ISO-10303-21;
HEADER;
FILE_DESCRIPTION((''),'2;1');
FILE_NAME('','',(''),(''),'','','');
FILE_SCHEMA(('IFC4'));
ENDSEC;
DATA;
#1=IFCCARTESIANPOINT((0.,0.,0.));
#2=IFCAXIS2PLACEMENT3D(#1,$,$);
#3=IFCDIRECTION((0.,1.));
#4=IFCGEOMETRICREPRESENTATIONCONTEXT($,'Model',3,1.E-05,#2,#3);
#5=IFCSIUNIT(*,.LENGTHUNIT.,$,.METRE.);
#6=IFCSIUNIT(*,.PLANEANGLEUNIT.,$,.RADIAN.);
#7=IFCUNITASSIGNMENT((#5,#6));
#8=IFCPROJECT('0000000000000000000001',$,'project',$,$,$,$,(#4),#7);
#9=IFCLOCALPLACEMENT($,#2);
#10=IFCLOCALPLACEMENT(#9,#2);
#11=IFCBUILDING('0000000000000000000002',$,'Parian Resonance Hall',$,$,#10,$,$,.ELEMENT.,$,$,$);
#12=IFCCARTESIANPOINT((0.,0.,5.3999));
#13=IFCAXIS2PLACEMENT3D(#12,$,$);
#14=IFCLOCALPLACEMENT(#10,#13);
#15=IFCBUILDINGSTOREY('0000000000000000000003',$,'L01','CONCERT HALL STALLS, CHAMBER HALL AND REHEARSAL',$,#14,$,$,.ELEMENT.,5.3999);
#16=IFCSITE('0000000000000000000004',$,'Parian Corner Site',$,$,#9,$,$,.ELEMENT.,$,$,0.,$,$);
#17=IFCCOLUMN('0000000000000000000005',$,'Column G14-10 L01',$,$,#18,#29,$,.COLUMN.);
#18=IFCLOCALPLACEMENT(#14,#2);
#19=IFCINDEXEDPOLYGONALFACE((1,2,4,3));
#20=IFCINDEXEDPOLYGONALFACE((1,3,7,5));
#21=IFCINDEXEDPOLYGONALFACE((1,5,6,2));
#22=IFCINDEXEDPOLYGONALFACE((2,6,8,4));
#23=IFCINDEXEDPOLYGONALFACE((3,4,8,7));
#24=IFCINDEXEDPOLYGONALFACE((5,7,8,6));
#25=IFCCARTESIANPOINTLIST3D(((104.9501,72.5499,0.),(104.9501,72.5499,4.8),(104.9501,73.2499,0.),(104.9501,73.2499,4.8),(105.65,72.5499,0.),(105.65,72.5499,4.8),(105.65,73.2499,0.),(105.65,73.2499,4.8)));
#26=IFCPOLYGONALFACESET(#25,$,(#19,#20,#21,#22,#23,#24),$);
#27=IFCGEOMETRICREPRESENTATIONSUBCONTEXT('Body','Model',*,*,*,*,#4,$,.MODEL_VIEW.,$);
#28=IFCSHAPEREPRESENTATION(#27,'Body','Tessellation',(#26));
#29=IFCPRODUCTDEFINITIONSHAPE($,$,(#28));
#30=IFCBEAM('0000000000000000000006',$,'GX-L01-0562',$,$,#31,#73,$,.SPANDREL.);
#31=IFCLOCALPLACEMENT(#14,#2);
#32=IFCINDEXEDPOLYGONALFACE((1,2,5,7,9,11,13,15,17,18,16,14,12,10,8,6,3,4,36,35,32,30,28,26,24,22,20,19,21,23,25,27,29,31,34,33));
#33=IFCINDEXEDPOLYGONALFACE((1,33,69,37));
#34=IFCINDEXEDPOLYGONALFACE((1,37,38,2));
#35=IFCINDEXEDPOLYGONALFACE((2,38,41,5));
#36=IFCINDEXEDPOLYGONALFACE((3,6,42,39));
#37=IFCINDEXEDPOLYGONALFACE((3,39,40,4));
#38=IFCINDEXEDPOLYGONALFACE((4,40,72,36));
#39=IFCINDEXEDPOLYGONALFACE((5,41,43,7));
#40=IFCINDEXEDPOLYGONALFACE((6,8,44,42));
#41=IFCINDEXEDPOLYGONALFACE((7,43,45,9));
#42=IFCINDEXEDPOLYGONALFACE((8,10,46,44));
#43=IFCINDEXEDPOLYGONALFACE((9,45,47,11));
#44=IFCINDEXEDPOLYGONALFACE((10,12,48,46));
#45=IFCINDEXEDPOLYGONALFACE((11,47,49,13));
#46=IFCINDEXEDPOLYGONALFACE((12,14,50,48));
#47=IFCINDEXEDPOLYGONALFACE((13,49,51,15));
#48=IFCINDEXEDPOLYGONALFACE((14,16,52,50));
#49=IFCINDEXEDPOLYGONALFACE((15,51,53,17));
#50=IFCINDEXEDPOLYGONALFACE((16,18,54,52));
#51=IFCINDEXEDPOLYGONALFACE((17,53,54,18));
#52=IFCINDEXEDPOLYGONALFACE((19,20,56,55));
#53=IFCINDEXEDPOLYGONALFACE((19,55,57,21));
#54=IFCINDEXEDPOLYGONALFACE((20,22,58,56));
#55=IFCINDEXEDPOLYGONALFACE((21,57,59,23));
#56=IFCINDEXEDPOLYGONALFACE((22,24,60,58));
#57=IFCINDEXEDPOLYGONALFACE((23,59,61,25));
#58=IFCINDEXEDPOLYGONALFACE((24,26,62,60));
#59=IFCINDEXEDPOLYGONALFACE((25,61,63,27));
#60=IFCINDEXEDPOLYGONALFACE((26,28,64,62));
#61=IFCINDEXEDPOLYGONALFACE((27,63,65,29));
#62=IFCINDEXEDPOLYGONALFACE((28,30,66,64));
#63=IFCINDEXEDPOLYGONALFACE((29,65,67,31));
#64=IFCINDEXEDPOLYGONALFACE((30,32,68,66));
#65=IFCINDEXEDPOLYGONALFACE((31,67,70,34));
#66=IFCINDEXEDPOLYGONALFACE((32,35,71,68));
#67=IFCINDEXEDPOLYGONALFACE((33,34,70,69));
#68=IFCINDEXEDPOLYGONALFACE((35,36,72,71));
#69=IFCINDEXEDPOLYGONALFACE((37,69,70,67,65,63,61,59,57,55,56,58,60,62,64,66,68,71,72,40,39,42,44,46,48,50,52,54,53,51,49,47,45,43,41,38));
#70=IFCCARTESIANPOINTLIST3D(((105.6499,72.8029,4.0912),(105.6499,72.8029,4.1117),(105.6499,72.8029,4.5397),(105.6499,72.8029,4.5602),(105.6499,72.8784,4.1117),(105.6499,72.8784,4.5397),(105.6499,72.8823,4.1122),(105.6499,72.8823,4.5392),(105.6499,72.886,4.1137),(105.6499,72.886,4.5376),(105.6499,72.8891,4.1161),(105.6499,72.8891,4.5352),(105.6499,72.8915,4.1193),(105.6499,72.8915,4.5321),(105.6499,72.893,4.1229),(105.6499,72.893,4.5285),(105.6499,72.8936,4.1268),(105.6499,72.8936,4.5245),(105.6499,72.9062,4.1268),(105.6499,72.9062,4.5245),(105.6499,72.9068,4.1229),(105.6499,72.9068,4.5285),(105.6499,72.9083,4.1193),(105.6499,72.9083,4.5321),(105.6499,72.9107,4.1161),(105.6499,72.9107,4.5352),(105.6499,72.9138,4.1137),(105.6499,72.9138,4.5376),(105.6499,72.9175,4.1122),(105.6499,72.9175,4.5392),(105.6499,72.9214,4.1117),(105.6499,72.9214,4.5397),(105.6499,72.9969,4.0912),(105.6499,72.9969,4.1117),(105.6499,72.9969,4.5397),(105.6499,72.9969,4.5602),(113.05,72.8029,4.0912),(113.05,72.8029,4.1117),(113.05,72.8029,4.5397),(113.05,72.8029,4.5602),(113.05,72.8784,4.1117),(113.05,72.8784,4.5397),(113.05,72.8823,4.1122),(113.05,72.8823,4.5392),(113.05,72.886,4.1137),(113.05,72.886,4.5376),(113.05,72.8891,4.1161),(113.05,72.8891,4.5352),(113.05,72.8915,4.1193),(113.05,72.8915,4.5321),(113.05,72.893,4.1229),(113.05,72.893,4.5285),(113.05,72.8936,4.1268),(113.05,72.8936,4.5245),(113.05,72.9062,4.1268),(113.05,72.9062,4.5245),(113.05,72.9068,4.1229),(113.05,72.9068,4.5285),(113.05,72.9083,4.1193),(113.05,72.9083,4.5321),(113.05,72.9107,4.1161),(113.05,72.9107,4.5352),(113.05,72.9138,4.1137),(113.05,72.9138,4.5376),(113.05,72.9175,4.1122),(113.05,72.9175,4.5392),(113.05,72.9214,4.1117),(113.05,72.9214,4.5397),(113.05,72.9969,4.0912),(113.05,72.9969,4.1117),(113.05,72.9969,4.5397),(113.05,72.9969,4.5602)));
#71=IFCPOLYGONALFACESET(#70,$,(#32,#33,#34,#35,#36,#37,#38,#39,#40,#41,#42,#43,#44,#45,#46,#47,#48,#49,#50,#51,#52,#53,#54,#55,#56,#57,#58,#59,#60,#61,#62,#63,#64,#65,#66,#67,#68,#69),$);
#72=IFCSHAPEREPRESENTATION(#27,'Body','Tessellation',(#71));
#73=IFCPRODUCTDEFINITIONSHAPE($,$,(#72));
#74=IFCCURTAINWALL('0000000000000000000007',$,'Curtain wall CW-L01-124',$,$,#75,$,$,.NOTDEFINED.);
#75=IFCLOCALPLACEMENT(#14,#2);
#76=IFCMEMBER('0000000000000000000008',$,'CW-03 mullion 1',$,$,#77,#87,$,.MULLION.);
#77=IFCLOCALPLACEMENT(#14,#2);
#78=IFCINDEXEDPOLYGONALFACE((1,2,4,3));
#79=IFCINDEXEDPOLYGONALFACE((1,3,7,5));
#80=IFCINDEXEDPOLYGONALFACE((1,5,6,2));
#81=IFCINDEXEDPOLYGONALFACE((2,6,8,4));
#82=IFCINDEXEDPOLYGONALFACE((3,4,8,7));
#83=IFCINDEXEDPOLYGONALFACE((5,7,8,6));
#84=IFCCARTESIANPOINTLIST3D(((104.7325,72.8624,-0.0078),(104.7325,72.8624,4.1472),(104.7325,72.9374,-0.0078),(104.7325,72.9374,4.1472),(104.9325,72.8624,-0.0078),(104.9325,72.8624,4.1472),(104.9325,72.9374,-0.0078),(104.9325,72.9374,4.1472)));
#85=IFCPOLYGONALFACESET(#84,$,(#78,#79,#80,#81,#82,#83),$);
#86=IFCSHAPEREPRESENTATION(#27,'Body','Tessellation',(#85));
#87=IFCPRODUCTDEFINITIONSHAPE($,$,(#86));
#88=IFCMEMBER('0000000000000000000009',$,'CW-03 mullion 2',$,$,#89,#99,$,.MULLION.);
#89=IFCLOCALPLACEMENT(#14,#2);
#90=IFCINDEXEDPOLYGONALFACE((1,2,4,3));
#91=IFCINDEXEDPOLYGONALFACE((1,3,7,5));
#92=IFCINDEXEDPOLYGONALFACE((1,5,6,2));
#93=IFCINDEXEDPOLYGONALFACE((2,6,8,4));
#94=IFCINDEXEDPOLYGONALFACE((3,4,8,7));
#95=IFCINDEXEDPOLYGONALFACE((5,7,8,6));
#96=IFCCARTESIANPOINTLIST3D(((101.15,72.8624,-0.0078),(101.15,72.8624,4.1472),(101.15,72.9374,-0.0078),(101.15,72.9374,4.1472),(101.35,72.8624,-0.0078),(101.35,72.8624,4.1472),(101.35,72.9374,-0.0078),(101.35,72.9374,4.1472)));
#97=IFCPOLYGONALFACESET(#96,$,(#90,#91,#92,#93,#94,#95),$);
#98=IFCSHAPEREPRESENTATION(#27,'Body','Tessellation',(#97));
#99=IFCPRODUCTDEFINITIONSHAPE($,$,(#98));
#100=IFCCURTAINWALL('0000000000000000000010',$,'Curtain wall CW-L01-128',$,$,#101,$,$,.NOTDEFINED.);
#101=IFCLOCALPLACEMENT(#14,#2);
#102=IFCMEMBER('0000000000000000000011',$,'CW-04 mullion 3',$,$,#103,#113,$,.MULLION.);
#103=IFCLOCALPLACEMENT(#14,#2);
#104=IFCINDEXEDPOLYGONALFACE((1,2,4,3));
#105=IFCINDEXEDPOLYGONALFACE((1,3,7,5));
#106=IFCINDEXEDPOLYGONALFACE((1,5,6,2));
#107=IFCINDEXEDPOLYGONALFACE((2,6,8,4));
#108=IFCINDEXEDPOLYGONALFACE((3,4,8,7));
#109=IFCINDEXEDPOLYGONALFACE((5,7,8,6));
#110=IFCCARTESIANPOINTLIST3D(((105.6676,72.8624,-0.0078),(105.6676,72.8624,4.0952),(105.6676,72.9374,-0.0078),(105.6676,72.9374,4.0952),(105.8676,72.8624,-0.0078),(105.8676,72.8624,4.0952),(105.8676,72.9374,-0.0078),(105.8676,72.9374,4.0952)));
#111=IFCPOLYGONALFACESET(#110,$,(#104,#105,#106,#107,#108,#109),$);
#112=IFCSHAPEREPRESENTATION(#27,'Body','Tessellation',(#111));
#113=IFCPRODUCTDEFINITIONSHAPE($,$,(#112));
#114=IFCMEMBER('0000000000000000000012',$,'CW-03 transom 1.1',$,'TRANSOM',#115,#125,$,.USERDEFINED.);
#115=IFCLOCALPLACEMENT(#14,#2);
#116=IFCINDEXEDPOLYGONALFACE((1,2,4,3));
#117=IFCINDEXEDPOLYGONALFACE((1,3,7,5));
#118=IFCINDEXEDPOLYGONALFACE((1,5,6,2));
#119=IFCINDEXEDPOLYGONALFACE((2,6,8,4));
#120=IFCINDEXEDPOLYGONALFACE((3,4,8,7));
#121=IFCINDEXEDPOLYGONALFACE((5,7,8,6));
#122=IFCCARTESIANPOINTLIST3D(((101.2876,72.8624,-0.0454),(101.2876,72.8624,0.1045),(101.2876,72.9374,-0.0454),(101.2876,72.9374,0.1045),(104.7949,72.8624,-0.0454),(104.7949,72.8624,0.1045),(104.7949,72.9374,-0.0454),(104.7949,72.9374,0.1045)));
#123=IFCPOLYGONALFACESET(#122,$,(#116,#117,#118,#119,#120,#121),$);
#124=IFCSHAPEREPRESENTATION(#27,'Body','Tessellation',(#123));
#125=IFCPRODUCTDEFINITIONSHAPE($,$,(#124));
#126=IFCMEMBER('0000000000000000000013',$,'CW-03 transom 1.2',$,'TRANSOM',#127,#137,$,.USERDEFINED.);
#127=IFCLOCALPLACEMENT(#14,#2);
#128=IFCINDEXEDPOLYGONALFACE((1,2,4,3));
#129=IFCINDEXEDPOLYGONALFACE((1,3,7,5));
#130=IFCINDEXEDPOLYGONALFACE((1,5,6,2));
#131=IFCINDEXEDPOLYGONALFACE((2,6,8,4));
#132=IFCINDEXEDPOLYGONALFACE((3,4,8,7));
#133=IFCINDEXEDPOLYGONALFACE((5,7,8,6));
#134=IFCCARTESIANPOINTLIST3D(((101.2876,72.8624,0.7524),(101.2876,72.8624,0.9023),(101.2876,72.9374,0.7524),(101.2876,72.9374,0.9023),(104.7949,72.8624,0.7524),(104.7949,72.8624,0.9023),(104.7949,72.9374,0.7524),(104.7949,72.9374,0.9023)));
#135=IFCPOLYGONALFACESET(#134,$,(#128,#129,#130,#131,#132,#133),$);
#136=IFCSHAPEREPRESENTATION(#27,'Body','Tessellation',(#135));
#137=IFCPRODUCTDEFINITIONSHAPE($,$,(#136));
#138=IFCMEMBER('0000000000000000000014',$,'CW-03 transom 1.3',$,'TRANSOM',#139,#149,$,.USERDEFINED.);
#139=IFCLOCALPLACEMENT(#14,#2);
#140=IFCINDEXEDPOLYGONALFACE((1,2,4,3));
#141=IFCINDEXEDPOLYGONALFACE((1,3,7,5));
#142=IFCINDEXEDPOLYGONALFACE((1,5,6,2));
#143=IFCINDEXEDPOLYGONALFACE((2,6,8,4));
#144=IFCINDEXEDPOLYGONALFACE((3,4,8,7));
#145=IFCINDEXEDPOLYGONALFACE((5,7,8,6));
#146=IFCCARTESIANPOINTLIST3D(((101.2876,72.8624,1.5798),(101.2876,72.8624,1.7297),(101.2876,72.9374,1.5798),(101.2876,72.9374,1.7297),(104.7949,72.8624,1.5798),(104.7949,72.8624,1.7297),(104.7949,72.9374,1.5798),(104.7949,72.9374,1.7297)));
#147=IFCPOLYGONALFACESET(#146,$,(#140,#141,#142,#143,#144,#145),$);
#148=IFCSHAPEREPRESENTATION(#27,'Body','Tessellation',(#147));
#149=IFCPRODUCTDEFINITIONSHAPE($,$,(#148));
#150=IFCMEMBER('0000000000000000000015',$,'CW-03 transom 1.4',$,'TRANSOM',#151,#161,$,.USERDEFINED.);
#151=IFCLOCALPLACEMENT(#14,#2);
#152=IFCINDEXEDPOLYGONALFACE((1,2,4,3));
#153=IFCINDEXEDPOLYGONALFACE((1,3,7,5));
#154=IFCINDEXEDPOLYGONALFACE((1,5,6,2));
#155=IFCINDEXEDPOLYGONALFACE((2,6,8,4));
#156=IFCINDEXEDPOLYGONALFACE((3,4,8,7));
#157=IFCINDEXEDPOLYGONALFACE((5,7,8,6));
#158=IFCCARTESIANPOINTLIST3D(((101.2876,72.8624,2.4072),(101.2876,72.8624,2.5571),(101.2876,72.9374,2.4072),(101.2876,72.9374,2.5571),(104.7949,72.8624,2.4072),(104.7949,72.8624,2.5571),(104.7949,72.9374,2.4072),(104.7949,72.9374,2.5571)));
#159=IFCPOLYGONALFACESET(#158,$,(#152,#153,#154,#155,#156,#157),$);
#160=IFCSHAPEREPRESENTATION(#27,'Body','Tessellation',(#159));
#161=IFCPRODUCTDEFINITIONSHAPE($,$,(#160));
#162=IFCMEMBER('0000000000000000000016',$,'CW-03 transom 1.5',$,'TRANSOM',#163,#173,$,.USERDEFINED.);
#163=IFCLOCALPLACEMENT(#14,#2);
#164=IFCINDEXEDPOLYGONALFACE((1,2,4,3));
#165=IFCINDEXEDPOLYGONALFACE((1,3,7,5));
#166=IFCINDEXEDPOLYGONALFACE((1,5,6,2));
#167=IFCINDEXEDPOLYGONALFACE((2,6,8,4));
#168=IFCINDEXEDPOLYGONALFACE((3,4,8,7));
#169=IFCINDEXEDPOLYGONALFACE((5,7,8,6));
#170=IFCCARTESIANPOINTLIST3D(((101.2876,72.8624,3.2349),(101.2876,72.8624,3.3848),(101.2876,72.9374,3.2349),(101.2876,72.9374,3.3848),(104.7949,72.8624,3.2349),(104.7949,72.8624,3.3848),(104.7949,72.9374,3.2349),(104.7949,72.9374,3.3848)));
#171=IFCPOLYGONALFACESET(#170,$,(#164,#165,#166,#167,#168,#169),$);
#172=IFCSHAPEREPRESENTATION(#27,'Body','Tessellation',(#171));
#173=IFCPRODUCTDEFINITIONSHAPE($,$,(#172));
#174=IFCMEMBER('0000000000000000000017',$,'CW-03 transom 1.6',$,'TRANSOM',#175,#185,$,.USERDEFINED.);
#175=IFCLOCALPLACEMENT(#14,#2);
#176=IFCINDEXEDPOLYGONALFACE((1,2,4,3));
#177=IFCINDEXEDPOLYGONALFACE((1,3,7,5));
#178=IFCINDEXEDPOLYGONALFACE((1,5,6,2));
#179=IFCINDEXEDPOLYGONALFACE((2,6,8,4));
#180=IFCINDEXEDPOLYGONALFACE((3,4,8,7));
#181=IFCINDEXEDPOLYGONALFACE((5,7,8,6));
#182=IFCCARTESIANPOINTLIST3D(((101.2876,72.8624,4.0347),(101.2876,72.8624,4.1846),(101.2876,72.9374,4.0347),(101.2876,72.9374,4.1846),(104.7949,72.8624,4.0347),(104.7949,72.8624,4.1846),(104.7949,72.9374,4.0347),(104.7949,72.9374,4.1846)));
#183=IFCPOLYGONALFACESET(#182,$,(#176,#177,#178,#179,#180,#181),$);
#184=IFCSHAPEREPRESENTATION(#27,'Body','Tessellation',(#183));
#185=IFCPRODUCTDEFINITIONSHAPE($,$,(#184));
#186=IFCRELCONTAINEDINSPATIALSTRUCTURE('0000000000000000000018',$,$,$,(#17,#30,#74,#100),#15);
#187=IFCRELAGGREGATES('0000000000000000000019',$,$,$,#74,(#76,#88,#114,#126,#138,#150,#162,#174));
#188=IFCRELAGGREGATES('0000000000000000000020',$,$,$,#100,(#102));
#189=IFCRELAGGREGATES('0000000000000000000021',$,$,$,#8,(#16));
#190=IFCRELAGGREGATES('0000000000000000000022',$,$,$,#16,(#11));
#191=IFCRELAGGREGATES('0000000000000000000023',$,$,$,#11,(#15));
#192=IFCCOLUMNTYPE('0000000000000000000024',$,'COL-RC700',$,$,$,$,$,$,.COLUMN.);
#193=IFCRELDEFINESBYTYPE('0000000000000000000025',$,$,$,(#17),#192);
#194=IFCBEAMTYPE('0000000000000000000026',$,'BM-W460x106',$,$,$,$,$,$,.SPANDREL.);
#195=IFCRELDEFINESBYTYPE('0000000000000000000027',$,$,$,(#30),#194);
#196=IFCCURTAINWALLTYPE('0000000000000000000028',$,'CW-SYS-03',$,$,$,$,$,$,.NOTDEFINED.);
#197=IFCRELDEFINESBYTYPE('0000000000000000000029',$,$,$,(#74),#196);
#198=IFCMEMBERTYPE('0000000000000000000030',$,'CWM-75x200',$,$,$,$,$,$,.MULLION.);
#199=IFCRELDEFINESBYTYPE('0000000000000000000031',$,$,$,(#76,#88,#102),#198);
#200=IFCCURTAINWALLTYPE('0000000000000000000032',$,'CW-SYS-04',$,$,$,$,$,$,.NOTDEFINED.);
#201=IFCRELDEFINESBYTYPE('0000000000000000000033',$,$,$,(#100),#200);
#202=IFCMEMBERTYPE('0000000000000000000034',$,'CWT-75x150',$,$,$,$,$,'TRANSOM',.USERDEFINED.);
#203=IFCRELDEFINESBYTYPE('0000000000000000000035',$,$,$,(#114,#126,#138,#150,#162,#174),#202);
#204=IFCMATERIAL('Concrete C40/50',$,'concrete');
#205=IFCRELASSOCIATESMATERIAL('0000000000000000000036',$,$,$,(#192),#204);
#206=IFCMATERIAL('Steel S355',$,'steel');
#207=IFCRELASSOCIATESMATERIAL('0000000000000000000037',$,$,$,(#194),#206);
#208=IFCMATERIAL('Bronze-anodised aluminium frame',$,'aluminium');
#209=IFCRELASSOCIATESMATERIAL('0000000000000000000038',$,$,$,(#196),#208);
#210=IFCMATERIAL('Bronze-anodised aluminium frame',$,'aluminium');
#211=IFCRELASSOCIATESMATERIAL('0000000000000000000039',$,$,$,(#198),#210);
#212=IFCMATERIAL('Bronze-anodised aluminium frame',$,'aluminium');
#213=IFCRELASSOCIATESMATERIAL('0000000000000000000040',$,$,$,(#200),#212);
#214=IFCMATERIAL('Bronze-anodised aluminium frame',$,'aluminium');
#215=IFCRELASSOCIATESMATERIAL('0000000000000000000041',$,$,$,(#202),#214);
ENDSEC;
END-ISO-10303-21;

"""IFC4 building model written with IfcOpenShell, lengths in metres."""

from ifc_helpers import new_model, si_unit, direction, frame, origin, origin_2d, place, context, subcontext, project, spatial, rectangle, i_section, extrude, material, material_profile, profile_set, type_object, element, aggregate, save


model = new_model("IFC4")

# Units and contexts
model_context = context("Model", 3, precision=1e-05, world=origin(), true_north=direction((0.0, 1.0)))
body_context = subcontext(model_context, "Body", "Model", "MODEL_VIEW")
ifc_project = project(units=[si_unit("LENGTHUNIT", "METRE"), si_unit("PLANEANGLEUNIT", "RADIAN")], contexts=[model_context])

# Site, building, storey
site_placement = place(None, origin())
site = spatial("IfcSite", under=ifc_project, at=site_placement, Name="Parian Corner Site", CompositionType="ELEMENT", RefElevation=0.0)
building_placement = place(site_placement, origin())
building = spatial("IfcBuilding", under=site, at=building_placement, Name="Parian Resonance Hall", CompositionType="ELEMENT")
storey_placement = place(building_placement, frame((0.0, 0.0, 5.3999)))
storey = spatial("IfcBuildingStorey", under=building, at=storey_placement, Name="L01", Description="CONCERT HALL STALLS, CHAMBER HALL AND REHEARSAL", CompositionType="ELEMENT", Elevation=5.3999)

# Column
ifc_material_1 = material(Name="Concrete C40/50", Category="concrete")
ifc_material_profile_1 = material_profile(ifc_material_1, rectangle(XDim=0.7, YDim=0.7, at=origin_2d()), Name="RC-COL-700x700")
ifc_profile_set_1 = profile_set([ifc_material_profile_1], Name="Concrete C40/50")
column_type = type_object("IfcColumnType", Name="COL-RC700", PredefinedType="COLUMN", material=ifc_profile_set_1)
column_placement = place(storey_placement, frame((105.3, 72.8999, 0.0), z_axis=(0.0, 0.0, 1.0), x_axis=(1.0, 0.0, 0.0)))
element("IfcColumn", 1, at=column_placement, inside=storey, type_object=column_type, Name="Column G14-10 L01", PredefinedType="COLUMN", context=body_context, shape_type="SweptSolid", body=[
    extrude(rectangle(XDim=0.7, YDim=0.7, at=origin_2d()), origin(), (0.0, 0.0, 1.0), 4.8),
])

# Beam
ifc_material_2 = material(Name="Steel S355", Category="steel")
ifc_material_profile_2 = material_profile(ifc_material_2, i_section(OverallWidth=0.1941, OverallDepth=0.469, WebThickness=0.0127, FlangeThickness=0.0205, FilletRadius=0.0151, at=origin_2d()), Name="W460x106")
ifc_profile_set_2 = profile_set([ifc_material_profile_2], Name="Steel S355")
beam_type = type_object("IfcBeamType", Name="BM-W460x106", PredefinedType="SPANDREL", material=ifc_profile_set_2)
beam_placement = place(storey_placement, frame((105.6499, 72.8999, 4.3257), z_axis=(1.0, 0.0, 0.0), x_axis=(0.0, 1.0, 0.0)))
element("IfcBeam", 2, at=beam_placement, inside=storey, type_object=beam_type, Name="GX-L01-0562", PredefinedType="SPANDREL", context=body_context, shape_type="SweptSolid", body=[
    extrude(i_section(OverallWidth=0.1941, OverallDepth=0.469, WebThickness=0.0127, FlangeThickness=0.0205, FilletRadius=0.0151, at=origin_2d()), origin(), (0.0, 0.0, 1.0), 7.4001),
])

# Curtain wall, members
ifc_material_3 = material(Name="Bronze-anodised aluminium frame", Category="aluminium")
curtain_wall_type_1 = type_object("IfcCurtainWallType", Name="CW-SYS-03", PredefinedType="NOTDEFINED", material=ifc_material_3)
curtain_wall_1_placement = place(storey_placement, origin())
curtain_wall_1 = element("IfcCurtainWall", 3, at=curtain_wall_1_placement, inside=storey, type_object=curtain_wall_type_1, Name="Curtain wall CW-L01-124", PredefinedType="NOTDEFINED")
ifc_material_4 = material(Name="Bronze-anodised aluminium frame", Category="aluminium")
ifc_material_profile_3 = material_profile(ifc_material_4, rectangle(XDim=0.075, YDim=0.2, at=origin_2d()), Name="CWM-75x200")
ifc_profile_set_3 = profile_set([ifc_material_profile_3], Name="Bronze-anodised aluminium frame")
member_type_1 = type_object("IfcMemberType", Name="CWM-75x200", PredefinedType="MULLION", material=ifc_profile_set_3)
member_1_placement = place(storey_placement, frame((104.8325, 72.8999, -0.0078), z_axis=(0.0, 0.0, 1.0), x_axis=(0.0, -1.0, 0.0)))
member_1 = element("IfcMember", 4, at=member_1_placement, type_object=member_type_1, Name="CW-03 mullion 1", PredefinedType="MULLION", context=body_context, shape_type="SweptSolid", body=[
    extrude(rectangle(XDim=0.075, YDim=0.2, at=origin_2d()), origin(), (0.0, 0.0, 1.0), 4.155),
])
member_2_placement = place(storey_placement, frame((101.25, 72.8999, -0.0078), z_axis=(0.0, 0.0, 1.0), x_axis=(0.0, -1.0, 0.0)))
member_2 = element("IfcMember", 5, at=member_2_placement, type_object=member_type_1, Name="CW-03 mullion 2", PredefinedType="MULLION", context=body_context, shape_type="SweptSolid", body=[
    extrude(rectangle(XDim=0.075, YDim=0.2, at=origin_2d()), origin(), (0.0, 0.0, 1.0), 4.155),
])

# Curtain wall, member
ifc_material_5 = material(Name="Bronze-anodised aluminium frame", Category="aluminium")
curtain_wall_type_2 = type_object("IfcCurtainWallType", Name="CW-SYS-04", PredefinedType="NOTDEFINED", material=ifc_material_5)
curtain_wall_2_placement = place(storey_placement, origin())
curtain_wall_2 = element("IfcCurtainWall", 6, at=curtain_wall_2_placement, inside=storey, type_object=curtain_wall_type_2, Name="Curtain wall CW-L01-128", PredefinedType="NOTDEFINED")
member_3_placement = place(storey_placement, frame((105.7676, 72.8999, -0.0078), z_axis=(0.0, 0.0, 1.0), x_axis=(0.0, -1.0, 0.0)))
member_3 = element("IfcMember", 7, at=member_3_placement, type_object=member_type_1, Name="CW-04 mullion 3", PredefinedType="MULLION", context=body_context, shape_type="SweptSolid", body=[
    extrude(rectangle(XDim=0.075, YDim=0.2, at=origin_2d()), origin(), (0.0, 0.0, 1.0), 4.103),
])

# Members
ifc_material_6 = material(Name="Bronze-anodised aluminium frame", Category="aluminium")
ifc_material_profile_4 = material_profile(ifc_material_6, rectangle(XDim=0.075, YDim=0.1499, at=origin_2d()), Name="CWT-75x150")
ifc_profile_set_4 = profile_set([ifc_material_profile_4], Name="Bronze-anodised aluminium frame")
member_type_2 = type_object("IfcMemberType", Name="CWT-75x150", ElementType="TRANSOM", PredefinedType="USERDEFINED", material=ifc_profile_set_4)
member_4_placement = place(storey_placement, frame((104.7949, 72.8999, 0.0295), z_axis=(-1.0, 0.0, 0.0), x_axis=(0.0, -1.0, 0.0)))
member_4 = element("IfcMember", 8, at=member_4_placement, type_object=member_type_2, Name="CW-03 transom 1.1", ObjectType="TRANSOM", PredefinedType="USERDEFINED", context=body_context, shape_type="SweptSolid", body=[
    extrude(rectangle(XDim=0.075, YDim=0.1499, at=origin_2d()), origin(), (0.0, 0.0, 1.0), 3.5073),
])
member_5_placement = place(storey_placement, frame((104.7949, 72.8999, 0.8274), z_axis=(-1.0, 0.0, 0.0), x_axis=(0.0, -1.0, 0.0)))
member_5 = element("IfcMember", 9, at=member_5_placement, type_object=member_type_2, Name="CW-03 transom 1.2", ObjectType="TRANSOM", PredefinedType="USERDEFINED", context=body_context, shape_type="SweptSolid", body=[
    extrude(rectangle(XDim=0.075, YDim=0.1499, at=origin_2d()), origin(), (0.0, 0.0, 1.0), 3.5073),
])
member_6_placement = place(storey_placement, frame((104.7949, 72.8999, 1.6548), z_axis=(-1.0, 0.0, 0.0), x_axis=(0.0, -1.0, 0.0)))
member_6 = element("IfcMember", 10, at=member_6_placement, type_object=member_type_2, Name="CW-03 transom 1.3", ObjectType="TRANSOM", PredefinedType="USERDEFINED", context=body_context, shape_type="SweptSolid", body=[
    extrude(rectangle(XDim=0.075, YDim=0.1499, at=origin_2d()), origin(), (0.0, 0.0, 1.0), 3.5073),
])
member_7_placement = place(storey_placement, frame((104.7949, 72.8999, 2.4822), z_axis=(-1.0, 0.0, 0.0), x_axis=(0.0, -1.0, 0.0)))
member_7 = element("IfcMember", 11, at=member_7_placement, type_object=member_type_2, Name="CW-03 transom 1.4", ObjectType="TRANSOM", PredefinedType="USERDEFINED", context=body_context, shape_type="SweptSolid", body=[
    extrude(rectangle(XDim=0.075, YDim=0.1499, at=origin_2d()), origin(), (0.0, 0.0, 1.0), 3.5073),
])
member_8_placement = place(storey_placement, frame((104.7949, 72.8999, 3.3098), z_axis=(-1.0, 0.0, 0.0), x_axis=(0.0, -1.0, 0.0)))
member_8 = element("IfcMember", 12, at=member_8_placement, type_object=member_type_2, Name="CW-03 transom 1.5", ObjectType="TRANSOM", PredefinedType="USERDEFINED", context=body_context, shape_type="SweptSolid", body=[
    extrude(rectangle(XDim=0.075, YDim=0.1499, at=origin_2d()), origin(), (0.0, 0.0, 1.0), 3.5073),
])
member_9_placement = place(storey_placement, frame((104.7949, 72.8999, 4.1096), z_axis=(-1.0, 0.0, 0.0), x_axis=(0.0, -1.0, 0.0)))
member_9 = element("IfcMember", 13, at=member_9_placement, type_object=member_type_2, Name="CW-03 transom 1.6", ObjectType="TRANSOM", PredefinedType="USERDEFINED", context=body_context, shape_type="SweptSolid", body=[
    extrude(rectangle(XDim=0.075, YDim=0.1499, at=origin_2d()), origin(), (0.0, 0.0, 1.0), 3.5073),
])

aggregate(curtain_wall_1, [member_1, member_2, member_4, member_5, member_6, member_7, member_8, member_9])
aggregate(curtain_wall_2, [member_3])

save(model, "model.ifc")
